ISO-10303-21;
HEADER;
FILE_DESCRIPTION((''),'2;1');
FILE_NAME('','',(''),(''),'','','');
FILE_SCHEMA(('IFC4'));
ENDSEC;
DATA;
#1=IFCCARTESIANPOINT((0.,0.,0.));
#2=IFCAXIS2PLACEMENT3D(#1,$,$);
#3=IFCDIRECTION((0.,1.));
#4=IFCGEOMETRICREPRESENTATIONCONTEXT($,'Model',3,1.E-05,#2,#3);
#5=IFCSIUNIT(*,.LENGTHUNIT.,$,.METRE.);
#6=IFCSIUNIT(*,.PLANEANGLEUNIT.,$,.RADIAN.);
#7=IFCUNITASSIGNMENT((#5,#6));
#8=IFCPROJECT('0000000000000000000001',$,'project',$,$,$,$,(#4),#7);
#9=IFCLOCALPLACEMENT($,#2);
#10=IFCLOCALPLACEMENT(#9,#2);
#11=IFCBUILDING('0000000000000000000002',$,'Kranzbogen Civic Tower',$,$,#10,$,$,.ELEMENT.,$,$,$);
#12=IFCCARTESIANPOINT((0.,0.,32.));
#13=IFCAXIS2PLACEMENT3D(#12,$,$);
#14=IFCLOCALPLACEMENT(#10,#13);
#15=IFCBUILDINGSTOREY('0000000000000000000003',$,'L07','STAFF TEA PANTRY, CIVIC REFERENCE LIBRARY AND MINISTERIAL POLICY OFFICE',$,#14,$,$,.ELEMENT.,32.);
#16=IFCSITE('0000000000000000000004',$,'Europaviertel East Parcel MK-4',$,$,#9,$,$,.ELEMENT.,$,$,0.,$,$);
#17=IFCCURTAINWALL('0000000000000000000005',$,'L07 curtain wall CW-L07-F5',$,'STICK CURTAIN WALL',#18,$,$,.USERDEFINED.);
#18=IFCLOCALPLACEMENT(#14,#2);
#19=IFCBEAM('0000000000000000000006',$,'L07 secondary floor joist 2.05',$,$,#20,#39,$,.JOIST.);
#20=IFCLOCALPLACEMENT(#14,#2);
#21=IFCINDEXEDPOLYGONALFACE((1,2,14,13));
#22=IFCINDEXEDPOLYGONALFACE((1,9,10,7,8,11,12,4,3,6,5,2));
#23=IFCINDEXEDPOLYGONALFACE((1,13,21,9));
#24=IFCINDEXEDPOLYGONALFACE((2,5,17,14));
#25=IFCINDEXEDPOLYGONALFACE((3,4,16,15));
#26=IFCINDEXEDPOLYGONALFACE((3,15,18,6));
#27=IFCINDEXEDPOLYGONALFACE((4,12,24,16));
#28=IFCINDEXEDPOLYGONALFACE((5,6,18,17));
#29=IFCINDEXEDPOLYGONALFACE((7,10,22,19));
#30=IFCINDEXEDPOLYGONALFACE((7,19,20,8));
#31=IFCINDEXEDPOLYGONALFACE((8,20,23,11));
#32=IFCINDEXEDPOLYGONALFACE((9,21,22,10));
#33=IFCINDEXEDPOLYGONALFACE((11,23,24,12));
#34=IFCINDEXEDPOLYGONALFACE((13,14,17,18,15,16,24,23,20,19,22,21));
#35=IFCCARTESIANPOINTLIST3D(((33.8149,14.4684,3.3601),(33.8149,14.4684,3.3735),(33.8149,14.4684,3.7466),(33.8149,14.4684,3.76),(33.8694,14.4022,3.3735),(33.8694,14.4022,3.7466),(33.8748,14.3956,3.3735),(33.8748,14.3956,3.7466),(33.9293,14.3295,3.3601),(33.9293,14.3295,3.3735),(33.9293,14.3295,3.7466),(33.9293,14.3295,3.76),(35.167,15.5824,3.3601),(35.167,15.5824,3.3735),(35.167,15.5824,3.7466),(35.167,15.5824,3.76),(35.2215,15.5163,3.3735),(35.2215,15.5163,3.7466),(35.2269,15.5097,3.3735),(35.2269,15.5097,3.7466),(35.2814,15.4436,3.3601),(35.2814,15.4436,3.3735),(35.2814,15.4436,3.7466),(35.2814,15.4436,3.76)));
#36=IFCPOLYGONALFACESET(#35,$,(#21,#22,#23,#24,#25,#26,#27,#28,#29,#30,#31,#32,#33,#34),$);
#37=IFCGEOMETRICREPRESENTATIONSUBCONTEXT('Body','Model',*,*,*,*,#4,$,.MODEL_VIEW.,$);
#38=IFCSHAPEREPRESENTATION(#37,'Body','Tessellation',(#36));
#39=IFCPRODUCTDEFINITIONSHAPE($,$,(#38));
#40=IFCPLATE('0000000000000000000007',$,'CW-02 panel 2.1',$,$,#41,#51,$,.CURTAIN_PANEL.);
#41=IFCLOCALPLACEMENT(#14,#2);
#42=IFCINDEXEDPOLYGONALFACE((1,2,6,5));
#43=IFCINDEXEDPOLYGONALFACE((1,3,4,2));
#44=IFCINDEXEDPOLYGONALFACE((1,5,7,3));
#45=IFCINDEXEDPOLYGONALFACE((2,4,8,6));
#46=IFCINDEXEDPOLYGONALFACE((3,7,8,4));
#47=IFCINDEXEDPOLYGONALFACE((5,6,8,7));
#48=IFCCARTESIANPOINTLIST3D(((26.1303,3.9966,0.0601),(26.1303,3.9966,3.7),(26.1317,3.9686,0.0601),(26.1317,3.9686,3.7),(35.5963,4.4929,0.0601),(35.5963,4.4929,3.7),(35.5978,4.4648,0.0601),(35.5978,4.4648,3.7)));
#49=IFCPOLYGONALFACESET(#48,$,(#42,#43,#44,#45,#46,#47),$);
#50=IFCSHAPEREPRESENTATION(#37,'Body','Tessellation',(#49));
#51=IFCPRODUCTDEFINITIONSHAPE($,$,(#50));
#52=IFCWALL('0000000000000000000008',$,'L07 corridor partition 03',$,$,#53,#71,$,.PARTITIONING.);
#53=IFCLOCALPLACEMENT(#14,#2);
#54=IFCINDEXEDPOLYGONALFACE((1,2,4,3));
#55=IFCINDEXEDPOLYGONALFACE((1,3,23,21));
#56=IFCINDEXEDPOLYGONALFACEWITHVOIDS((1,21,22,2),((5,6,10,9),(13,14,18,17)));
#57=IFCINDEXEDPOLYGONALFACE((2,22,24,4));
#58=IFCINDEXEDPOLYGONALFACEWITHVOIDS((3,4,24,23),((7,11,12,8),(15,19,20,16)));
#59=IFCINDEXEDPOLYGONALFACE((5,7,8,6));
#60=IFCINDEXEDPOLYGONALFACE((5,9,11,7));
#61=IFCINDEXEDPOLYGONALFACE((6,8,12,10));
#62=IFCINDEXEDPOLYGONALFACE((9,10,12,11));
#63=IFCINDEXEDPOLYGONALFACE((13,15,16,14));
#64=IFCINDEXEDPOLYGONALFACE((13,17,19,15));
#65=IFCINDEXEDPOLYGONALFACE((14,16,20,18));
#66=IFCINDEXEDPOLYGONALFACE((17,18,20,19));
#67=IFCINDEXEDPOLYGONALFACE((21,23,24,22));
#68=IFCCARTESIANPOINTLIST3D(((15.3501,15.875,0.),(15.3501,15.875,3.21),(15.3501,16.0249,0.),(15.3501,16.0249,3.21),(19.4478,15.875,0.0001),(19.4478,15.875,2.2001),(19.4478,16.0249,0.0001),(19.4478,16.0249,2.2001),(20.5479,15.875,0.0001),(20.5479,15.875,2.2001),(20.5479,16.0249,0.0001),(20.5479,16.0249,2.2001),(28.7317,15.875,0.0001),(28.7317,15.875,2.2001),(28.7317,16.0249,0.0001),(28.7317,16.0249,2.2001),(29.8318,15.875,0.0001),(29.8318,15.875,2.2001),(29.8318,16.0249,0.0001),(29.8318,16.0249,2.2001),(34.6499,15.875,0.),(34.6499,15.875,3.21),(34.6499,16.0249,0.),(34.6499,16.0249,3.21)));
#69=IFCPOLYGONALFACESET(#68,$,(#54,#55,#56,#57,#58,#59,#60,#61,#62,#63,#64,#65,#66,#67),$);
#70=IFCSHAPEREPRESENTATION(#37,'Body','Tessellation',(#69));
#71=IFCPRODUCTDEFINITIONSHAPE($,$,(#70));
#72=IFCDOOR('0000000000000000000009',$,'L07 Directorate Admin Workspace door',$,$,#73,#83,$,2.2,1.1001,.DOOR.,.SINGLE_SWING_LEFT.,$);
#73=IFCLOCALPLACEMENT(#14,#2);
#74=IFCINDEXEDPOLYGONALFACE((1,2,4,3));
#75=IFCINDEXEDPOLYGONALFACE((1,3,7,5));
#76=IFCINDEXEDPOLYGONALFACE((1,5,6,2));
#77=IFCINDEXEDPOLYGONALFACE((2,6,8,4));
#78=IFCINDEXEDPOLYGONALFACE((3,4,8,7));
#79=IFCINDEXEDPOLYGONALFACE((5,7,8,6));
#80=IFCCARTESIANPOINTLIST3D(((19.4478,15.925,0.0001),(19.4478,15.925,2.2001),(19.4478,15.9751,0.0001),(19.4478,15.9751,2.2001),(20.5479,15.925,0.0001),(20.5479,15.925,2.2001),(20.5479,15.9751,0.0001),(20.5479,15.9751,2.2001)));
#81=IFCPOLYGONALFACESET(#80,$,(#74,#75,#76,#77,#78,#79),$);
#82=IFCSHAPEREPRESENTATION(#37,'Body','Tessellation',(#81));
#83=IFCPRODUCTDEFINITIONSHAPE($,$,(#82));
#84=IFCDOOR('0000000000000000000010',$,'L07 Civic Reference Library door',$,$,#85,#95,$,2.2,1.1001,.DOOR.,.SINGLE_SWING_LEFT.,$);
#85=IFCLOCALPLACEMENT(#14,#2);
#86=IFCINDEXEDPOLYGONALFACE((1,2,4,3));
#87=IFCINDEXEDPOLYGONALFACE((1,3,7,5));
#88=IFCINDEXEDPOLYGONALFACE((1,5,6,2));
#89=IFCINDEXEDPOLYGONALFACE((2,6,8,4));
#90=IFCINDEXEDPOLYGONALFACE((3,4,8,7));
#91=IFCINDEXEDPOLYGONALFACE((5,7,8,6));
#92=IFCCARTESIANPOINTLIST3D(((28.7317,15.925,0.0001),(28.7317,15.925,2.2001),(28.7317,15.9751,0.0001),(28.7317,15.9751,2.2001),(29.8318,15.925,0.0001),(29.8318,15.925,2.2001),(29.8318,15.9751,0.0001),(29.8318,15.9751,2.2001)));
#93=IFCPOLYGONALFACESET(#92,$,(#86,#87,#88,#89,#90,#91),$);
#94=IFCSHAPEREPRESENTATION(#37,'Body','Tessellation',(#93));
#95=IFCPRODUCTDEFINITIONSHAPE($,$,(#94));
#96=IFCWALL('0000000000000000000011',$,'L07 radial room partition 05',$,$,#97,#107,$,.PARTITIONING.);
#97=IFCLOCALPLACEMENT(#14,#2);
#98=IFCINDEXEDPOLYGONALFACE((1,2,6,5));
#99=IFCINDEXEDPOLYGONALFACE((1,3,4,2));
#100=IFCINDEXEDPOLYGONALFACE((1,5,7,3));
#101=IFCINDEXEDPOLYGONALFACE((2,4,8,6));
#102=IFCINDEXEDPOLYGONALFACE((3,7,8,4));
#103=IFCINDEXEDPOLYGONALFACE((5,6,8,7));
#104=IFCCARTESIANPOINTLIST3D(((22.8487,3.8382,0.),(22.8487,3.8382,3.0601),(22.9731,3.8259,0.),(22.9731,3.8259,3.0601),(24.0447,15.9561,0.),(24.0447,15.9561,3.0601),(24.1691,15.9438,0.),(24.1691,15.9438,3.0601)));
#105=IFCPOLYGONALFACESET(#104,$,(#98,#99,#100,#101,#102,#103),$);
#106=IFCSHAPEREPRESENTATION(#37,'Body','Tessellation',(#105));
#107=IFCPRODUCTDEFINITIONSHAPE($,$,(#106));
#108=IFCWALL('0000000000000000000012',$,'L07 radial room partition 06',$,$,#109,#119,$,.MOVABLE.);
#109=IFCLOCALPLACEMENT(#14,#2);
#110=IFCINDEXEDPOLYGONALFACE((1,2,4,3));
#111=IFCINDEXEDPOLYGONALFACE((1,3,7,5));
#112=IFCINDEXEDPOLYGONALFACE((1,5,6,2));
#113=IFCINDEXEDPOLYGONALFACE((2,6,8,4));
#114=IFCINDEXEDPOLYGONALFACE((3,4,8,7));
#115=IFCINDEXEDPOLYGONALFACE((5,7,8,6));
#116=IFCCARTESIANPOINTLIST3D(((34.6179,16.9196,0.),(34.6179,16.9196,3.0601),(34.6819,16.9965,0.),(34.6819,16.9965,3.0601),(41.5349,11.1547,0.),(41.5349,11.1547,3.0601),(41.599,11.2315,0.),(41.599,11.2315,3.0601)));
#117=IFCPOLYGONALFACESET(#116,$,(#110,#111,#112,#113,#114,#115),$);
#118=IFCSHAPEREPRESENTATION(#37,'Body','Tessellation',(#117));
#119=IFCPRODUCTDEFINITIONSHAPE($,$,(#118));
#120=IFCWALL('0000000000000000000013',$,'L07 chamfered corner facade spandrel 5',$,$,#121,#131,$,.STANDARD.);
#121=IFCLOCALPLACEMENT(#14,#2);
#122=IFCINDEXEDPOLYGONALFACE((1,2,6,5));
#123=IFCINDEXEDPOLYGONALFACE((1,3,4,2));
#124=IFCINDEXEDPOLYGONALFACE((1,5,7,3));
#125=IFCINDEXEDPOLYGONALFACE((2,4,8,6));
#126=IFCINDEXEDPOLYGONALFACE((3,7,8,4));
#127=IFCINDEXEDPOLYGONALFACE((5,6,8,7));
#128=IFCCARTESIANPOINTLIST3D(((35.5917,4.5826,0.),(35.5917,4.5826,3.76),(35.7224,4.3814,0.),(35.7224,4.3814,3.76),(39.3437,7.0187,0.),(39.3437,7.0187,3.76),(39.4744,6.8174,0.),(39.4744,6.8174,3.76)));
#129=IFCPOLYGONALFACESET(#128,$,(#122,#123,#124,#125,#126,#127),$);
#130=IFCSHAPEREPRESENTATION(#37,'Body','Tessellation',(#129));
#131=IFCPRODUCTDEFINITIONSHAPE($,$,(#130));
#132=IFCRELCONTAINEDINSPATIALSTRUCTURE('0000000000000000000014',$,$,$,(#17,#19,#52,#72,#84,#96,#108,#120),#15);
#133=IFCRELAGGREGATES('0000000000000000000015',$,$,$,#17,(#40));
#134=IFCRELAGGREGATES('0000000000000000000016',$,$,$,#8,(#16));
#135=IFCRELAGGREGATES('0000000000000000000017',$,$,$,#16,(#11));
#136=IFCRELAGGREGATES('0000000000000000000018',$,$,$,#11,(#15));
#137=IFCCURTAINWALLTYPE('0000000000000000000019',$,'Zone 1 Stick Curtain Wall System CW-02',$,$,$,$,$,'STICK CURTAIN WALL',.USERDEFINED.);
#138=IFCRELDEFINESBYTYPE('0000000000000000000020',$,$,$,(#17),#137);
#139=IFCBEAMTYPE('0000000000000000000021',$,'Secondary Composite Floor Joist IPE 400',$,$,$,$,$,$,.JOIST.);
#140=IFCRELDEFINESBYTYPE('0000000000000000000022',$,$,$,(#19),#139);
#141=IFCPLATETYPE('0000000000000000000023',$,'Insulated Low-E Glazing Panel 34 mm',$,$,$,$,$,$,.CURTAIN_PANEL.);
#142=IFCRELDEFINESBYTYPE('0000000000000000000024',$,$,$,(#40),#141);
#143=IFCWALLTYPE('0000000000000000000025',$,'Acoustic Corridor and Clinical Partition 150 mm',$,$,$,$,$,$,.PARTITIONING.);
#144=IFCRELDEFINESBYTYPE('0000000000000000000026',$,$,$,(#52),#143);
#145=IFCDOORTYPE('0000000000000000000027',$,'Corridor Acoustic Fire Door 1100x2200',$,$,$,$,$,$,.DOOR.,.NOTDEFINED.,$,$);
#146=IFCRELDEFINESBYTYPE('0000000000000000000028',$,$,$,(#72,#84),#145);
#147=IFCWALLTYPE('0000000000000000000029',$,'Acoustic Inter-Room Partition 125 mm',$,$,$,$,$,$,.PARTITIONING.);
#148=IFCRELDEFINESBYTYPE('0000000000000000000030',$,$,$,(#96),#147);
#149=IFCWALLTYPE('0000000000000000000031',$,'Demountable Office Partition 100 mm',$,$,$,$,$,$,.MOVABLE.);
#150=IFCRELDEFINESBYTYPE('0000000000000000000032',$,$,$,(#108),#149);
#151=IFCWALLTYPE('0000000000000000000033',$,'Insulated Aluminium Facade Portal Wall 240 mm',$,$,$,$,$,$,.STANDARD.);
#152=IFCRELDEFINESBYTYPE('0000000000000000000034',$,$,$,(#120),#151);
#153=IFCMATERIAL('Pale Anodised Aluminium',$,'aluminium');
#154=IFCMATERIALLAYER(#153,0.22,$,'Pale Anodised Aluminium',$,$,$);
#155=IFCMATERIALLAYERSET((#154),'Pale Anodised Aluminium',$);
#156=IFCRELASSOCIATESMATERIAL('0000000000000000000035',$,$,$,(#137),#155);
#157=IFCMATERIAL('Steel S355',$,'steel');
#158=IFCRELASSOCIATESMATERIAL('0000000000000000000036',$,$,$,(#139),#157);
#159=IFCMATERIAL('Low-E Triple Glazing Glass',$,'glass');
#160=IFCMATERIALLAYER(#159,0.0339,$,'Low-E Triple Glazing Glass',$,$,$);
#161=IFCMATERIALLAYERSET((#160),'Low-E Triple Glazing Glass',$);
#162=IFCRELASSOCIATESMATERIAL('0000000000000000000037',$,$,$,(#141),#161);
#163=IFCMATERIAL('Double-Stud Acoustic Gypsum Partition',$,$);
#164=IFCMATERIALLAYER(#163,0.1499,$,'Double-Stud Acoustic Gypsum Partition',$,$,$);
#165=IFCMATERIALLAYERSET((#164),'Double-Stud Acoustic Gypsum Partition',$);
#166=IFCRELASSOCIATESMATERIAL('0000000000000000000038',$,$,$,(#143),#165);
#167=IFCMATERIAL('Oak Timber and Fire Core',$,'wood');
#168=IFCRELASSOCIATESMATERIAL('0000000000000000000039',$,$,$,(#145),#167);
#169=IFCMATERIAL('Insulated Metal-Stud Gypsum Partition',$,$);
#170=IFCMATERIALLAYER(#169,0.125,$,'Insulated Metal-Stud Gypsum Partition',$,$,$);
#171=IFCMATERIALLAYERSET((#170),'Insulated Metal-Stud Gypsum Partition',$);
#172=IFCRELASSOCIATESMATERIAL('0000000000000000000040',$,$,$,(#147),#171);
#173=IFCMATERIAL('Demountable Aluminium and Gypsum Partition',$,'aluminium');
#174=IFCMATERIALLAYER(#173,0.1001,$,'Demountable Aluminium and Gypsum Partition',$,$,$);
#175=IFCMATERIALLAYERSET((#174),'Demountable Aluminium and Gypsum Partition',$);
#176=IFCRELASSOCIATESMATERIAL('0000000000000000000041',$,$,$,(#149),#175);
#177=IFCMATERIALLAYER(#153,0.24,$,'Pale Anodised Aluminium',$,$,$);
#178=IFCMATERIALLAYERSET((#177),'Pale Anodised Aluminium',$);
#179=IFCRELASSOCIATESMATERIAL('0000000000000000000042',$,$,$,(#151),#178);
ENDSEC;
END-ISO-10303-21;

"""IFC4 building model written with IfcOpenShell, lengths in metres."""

from ifc_helpers import new_model, si_unit, direction, frame, frame_2d, origin, origin_2d, place, context, subcontext, project, spatial, rectangle, i_section, extrude, material, layer, layer_set, material_profile, profile_set, type_object, element, fill, aggregate, save


model = new_model("IFC4")

# Units and contexts
model_context = context("Model", 3, precision=1e-05, world=origin(), true_north=direction((0.0, 1.0)))
body_context = subcontext(model_context, "Body", "Model", "MODEL_VIEW")
ifc_project = project(units=[si_unit("LENGTHUNIT", "METRE"), si_unit("PLANEANGLEUNIT", "RADIAN")], contexts=[model_context])

# Site, building, storey
site_placement = place(None, origin())
site = spatial("IfcSite", under=ifc_project, at=site_placement, Name="Europaviertel East Parcel MK-4", CompositionType="ELEMENT", RefElevation=0.0)
building_placement = place(site_placement, origin())
building = spatial("IfcBuilding", under=site, at=building_placement, Name="Kranzbogen Civic Tower", CompositionType="ELEMENT")
storey_placement = place(building_placement, frame((0.0, 0.0, 32.0)))
storey = spatial("IfcBuildingStorey", under=building, at=storey_placement, Name="L07", Description="STAFF TEA PANTRY, CIVIC REFERENCE LIBRARY AND MINISTERIAL POLICY OFFICE", CompositionType="ELEMENT", Elevation=32.0)

# Curtain wall
ifc_material_1 = material(Name="Pale Anodised Aluminium", Category="aluminium")
ifc_layer_1 = layer(ifc_material_1, 0.22, Name="Pale Anodised Aluminium")
ifc_layer_set_1 = layer_set([ifc_layer_1], Name="Pale Anodised Aluminium")
curtain_wall_type = type_object("IfcCurtainWallType", Name="Zone 1 Stick Curtain Wall System CW-02", ElementType="STICK CURTAIN WALL", PredefinedType="USERDEFINED", material=ifc_layer_set_1)
curtain_wall_1_placement = place(storey_placement, origin())
curtain_wall_1 = element("IfcCurtainWall", 1, at=curtain_wall_1_placement, inside=storey, type_object=curtain_wall_type, Name="L07 curtain wall CW-L07-F5", ObjectType="STICK CURTAIN WALL", PredefinedType="USERDEFINED")

# Beam
ifc_material_2 = material(Name="Steel S355", Category="steel")
ifc_material_profile_1 = material_profile(ifc_material_2, i_section(OverallWidth=0.1799, OverallDepth=0.3999, WebThickness=0.0085, FlangeThickness=0.0134, at=origin_2d()), Name="IPE 400")
ifc_profile_set_1 = profile_set([ifc_material_profile_1], Name="Steel S355")
beam_type_1 = type_object("IfcBeamType", Name="Secondary Composite Floor Joist IPE 400", PredefinedType="JOIST", material=ifc_profile_set_1)
beam_1_placement = place(storey_placement, frame((33.8721, 14.3989, 3.5601), z_axis=(0.771773, 0.635898, 0.0), x_axis=(-0.635898, 0.771773, 0.0)))
element("IfcBeam", 2, at=beam_1_placement, inside=storey, type_object=beam_type_1, Name="L07 secondary floor joist 2.05", PredefinedType="JOIST", context=body_context, shape_type="SweptSolid", body=[
    extrude(i_section(OverallWidth=0.1799, OverallDepth=0.3999, WebThickness=0.0085, FlangeThickness=0.0134, at=origin_2d()), origin(), (0.0, 0.0, 1.0), 1.752),
])

# Plate
ifc_material_3 = material(Name="Low-E Triple Glazing Glass", Category="glass")
ifc_layer_2 = layer(ifc_material_3, 0.0339, Name="Low-E Triple Glazing Glass")
ifc_layer_set_2 = layer_set([ifc_layer_2], Name="Low-E Triple Glazing Glass")
plate_type = type_object("IfcPlateType", Name="Insulated Low-E Glazing Panel 34 mm", PredefinedType="CURTAIN_PANEL", material=ifc_layer_set_2)
plate_placement = place(storey_placement, frame((30.864, 4.2307, 0.0601), z_axis=(0.0, 0.0, 1.0), x_axis=(0.998628, 0.052356, 0.0)))
plate = element("IfcPlate", 3, at=plate_placement, type_object=plate_type, Name="CW-02 panel 2.1", PredefinedType="CURTAIN_PANEL", context=body_context, shape_type="SweptSolid", body=[
    extrude(rectangle(XDim=9.479, YDim=0.0281, at=origin_2d()), origin(), (0.0, 0.0, 1.0), 3.6399),
])
aggregate(curtain_wall_1, [plate])

# Wall, openings, doors
ifc_material_4 = material(Name="Double-Stud Acoustic Gypsum Partition")
ifc_layer_3 = layer(ifc_material_4, 0.1499, Name="Double-Stud Acoustic Gypsum Partition")
ifc_layer_set_3 = layer_set([ifc_layer_3], Name="Double-Stud Acoustic Gypsum Partition")
wall_type_1 = type_object("IfcWallType", Name="Acoustic Corridor and Clinical Partition 150 mm", PredefinedType="PARTITIONING", material=ifc_layer_set_3)
wall_1_placement = place(storey_placement, frame((34.6499, 15.95, 0.0), z_axis=(0.0, 0.0, 1.0), x_axis=(-1.0, 0.0, 0.0)))
wall_1 = element("IfcWall", 4, at=wall_1_placement, inside=storey, type_object=wall_type_1, Name="L07 corridor partition 03", PredefinedType="PARTITIONING", context=body_context, shape_type="SweptSolid", body=[
    extrude(rectangle(XDim=19.2998, YDim=0.1499, at=frame_2d((9.6499, 0.0))), origin(), (0.0, 0.0, 1.0), 3.21),
])
opening_1_placement = place(wall_1_placement, frame((14.1021, 0.0, 0.0)))
opening_1 = element("IfcOpeningElement", 5, at=opening_1_placement, cuts=wall_1, PredefinedType="OPENING", context=body_context, shape_type="SweptSolid", body=[
    extrude(rectangle(XDim=1.1001, YDim=2.2, at=frame_2d((0.55, 1.1001))), frame((0.0, 0.085, 0.0), z_axis=(0.0, -1.0, 0.0), x_axis=(1.0, 0.0, 0.0)), (0.0, 0.0, 1.0), 0.1699),
])
opening_2_placement = place(wall_1_placement, frame((4.8181, 0.0, 0.0)))
opening_2 = element("IfcOpeningElement", 6, at=opening_2_placement, cuts=wall_1, PredefinedType="OPENING", context=body_context, shape_type="SweptSolid", body=[
    extrude(rectangle(XDim=1.1001, YDim=2.2, at=frame_2d((0.55, 1.1001))), frame((0.0, 0.085, 0.0), z_axis=(0.0, -1.0, 0.0), x_axis=(1.0, 0.0, 0.0)), (0.0, 0.0, 1.0), 0.1699),
])
ifc_material_5 = material(Name="Oak Timber and Fire Core", Category="wood")
door_type = type_object("IfcDoorType", Name="Corridor Acoustic Fire Door 1100x2200", OperationType="NOTDEFINED", PredefinedType="DOOR", material=ifc_material_5)
door_1_placement = place(opening_1_placement, origin())
door_1 = element("IfcDoor", 7, at=door_1_placement, inside=storey, type_object=door_type, Name="L07 Directorate Admin Workspace door", OperationType="SINGLE_SWING_LEFT", OverallHeight=2.2, OverallWidth=1.1001, PredefinedType="DOOR", context=body_context, shape_type="SweptSolid", body=[
    extrude(rectangle(XDim=1.1001, YDim=2.2, at=frame_2d((0.55, 1.1001))), frame((0.0, 0.0249, 0.0), z_axis=(0.0, -1.0, 0.0), x_axis=(1.0, 0.0, 0.0)), (0.0, 0.0, 1.0), 0.05),
])
fill(opening_1, door_1)
door_2_placement = place(opening_2_placement, origin())
door_2 = element("IfcDoor", 8, at=door_2_placement, inside=storey, type_object=door_type, Name="L07 Civic Reference Library door", OperationType="SINGLE_SWING_LEFT", OverallHeight=2.2, OverallWidth=1.1001, PredefinedType="DOOR", context=body_context, shape_type="SweptSolid", body=[
    extrude(rectangle(XDim=1.1001, YDim=2.2, at=frame_2d((0.55, 1.1001))), frame((0.0, 0.0249, 0.0), z_axis=(0.0, -1.0, 0.0), x_axis=(1.0, 0.0, 0.0)), (0.0, 0.0, 1.0), 0.05),
])
fill(opening_2, door_2)

# Walls
ifc_material_6 = material(Name="Insulated Metal-Stud Gypsum Partition")
ifc_layer_4 = layer(ifc_material_6, 0.125, Name="Insulated Metal-Stud Gypsum Partition")
ifc_layer_set_4 = layer_set([ifc_layer_4], Name="Insulated Metal-Stud Gypsum Partition")
wall_type_2 = type_object("IfcWallType", Name="Acoustic Inter-Room Partition 125 mm", PredefinedType="PARTITIONING", material=ifc_layer_set_4)
wall_2_placement = place(storey_placement, frame((24.1069, 15.95, 0.0), z_axis=(0.0, 0.0, 1.0), x_axis=(-0.098223, -0.995164, 0.0)))
element("IfcWall", 9, at=wall_2_placement, inside=storey, type_object=wall_type_2, Name="L07 radial room partition 05", PredefinedType="PARTITIONING", context=body_context, shape_type="SweptSolid", body=[
    extrude(rectangle(XDim=12.1768, YDim=0.125, at=frame_2d((6.0884, 0.0))), origin(), (0.0, 0.0, 1.0), 3.0601),
])
ifc_material_7 = material(Name="Demountable Aluminium and Gypsum Partition", Category="aluminium")
ifc_layer_5 = layer(ifc_material_7, 0.1001, Name="Demountable Aluminium and Gypsum Partition")
ifc_layer_set_5 = layer_set([ifc_layer_5], Name="Demountable Aluminium and Gypsum Partition")
wall_type_3 = type_object("IfcWallType", Name="Demountable Office Partition 100 mm", PredefinedType="MOVABLE", material=ifc_layer_set_5)
wall_3_placement = place(storey_placement, frame((34.6499, 16.958, 0.0), z_axis=(0.0, 0.0, 1.0), x_axis=(0.768181, -0.640232, 0.0)))
element("IfcWall", 10, at=wall_3_placement, inside=storey, type_object=wall_type_3, Name="L07 radial room partition 06", PredefinedType="MOVABLE", context=body_context, shape_type="SweptSolid", body=[
    extrude(rectangle(XDim=9.0044, YDim=0.1001, at=frame_2d((4.5022, 0.0))), origin(), (0.0, 0.0, 1.0), 3.0601),
])
ifc_layer_6 = layer(ifc_material_1, 0.24, Name="Pale Anodised Aluminium")
ifc_layer_set_6 = layer_set([ifc_layer_6], Name="Pale Anodised Aluminium")
wall_type_4 = type_object("IfcWallType", Name="Insulated Aluminium Facade Portal Wall 240 mm", PredefinedType="STANDARD", material=ifc_layer_set_6)
wall_4_placement = place(storey_placement, frame((35.657, 4.4819, 0.0), z_axis=(0.0, 0.0, 1.0), x_axis=(0.838723, 0.544559, 0.0)))
element("IfcWall", 11, at=wall_4_placement, inside=storey, type_object=wall_type_4, Name="L07 chamfered corner facade spandrel 5", PredefinedType="STANDARD", context=body_context, shape_type="SweptSolid", body=[
    extrude(rectangle(XDim=4.4734, YDim=0.24, at=frame_2d((2.2368, 0.0))), origin(), (0.0, 0.0, 1.0), 3.76),
])

save(model, "model.ifc")
